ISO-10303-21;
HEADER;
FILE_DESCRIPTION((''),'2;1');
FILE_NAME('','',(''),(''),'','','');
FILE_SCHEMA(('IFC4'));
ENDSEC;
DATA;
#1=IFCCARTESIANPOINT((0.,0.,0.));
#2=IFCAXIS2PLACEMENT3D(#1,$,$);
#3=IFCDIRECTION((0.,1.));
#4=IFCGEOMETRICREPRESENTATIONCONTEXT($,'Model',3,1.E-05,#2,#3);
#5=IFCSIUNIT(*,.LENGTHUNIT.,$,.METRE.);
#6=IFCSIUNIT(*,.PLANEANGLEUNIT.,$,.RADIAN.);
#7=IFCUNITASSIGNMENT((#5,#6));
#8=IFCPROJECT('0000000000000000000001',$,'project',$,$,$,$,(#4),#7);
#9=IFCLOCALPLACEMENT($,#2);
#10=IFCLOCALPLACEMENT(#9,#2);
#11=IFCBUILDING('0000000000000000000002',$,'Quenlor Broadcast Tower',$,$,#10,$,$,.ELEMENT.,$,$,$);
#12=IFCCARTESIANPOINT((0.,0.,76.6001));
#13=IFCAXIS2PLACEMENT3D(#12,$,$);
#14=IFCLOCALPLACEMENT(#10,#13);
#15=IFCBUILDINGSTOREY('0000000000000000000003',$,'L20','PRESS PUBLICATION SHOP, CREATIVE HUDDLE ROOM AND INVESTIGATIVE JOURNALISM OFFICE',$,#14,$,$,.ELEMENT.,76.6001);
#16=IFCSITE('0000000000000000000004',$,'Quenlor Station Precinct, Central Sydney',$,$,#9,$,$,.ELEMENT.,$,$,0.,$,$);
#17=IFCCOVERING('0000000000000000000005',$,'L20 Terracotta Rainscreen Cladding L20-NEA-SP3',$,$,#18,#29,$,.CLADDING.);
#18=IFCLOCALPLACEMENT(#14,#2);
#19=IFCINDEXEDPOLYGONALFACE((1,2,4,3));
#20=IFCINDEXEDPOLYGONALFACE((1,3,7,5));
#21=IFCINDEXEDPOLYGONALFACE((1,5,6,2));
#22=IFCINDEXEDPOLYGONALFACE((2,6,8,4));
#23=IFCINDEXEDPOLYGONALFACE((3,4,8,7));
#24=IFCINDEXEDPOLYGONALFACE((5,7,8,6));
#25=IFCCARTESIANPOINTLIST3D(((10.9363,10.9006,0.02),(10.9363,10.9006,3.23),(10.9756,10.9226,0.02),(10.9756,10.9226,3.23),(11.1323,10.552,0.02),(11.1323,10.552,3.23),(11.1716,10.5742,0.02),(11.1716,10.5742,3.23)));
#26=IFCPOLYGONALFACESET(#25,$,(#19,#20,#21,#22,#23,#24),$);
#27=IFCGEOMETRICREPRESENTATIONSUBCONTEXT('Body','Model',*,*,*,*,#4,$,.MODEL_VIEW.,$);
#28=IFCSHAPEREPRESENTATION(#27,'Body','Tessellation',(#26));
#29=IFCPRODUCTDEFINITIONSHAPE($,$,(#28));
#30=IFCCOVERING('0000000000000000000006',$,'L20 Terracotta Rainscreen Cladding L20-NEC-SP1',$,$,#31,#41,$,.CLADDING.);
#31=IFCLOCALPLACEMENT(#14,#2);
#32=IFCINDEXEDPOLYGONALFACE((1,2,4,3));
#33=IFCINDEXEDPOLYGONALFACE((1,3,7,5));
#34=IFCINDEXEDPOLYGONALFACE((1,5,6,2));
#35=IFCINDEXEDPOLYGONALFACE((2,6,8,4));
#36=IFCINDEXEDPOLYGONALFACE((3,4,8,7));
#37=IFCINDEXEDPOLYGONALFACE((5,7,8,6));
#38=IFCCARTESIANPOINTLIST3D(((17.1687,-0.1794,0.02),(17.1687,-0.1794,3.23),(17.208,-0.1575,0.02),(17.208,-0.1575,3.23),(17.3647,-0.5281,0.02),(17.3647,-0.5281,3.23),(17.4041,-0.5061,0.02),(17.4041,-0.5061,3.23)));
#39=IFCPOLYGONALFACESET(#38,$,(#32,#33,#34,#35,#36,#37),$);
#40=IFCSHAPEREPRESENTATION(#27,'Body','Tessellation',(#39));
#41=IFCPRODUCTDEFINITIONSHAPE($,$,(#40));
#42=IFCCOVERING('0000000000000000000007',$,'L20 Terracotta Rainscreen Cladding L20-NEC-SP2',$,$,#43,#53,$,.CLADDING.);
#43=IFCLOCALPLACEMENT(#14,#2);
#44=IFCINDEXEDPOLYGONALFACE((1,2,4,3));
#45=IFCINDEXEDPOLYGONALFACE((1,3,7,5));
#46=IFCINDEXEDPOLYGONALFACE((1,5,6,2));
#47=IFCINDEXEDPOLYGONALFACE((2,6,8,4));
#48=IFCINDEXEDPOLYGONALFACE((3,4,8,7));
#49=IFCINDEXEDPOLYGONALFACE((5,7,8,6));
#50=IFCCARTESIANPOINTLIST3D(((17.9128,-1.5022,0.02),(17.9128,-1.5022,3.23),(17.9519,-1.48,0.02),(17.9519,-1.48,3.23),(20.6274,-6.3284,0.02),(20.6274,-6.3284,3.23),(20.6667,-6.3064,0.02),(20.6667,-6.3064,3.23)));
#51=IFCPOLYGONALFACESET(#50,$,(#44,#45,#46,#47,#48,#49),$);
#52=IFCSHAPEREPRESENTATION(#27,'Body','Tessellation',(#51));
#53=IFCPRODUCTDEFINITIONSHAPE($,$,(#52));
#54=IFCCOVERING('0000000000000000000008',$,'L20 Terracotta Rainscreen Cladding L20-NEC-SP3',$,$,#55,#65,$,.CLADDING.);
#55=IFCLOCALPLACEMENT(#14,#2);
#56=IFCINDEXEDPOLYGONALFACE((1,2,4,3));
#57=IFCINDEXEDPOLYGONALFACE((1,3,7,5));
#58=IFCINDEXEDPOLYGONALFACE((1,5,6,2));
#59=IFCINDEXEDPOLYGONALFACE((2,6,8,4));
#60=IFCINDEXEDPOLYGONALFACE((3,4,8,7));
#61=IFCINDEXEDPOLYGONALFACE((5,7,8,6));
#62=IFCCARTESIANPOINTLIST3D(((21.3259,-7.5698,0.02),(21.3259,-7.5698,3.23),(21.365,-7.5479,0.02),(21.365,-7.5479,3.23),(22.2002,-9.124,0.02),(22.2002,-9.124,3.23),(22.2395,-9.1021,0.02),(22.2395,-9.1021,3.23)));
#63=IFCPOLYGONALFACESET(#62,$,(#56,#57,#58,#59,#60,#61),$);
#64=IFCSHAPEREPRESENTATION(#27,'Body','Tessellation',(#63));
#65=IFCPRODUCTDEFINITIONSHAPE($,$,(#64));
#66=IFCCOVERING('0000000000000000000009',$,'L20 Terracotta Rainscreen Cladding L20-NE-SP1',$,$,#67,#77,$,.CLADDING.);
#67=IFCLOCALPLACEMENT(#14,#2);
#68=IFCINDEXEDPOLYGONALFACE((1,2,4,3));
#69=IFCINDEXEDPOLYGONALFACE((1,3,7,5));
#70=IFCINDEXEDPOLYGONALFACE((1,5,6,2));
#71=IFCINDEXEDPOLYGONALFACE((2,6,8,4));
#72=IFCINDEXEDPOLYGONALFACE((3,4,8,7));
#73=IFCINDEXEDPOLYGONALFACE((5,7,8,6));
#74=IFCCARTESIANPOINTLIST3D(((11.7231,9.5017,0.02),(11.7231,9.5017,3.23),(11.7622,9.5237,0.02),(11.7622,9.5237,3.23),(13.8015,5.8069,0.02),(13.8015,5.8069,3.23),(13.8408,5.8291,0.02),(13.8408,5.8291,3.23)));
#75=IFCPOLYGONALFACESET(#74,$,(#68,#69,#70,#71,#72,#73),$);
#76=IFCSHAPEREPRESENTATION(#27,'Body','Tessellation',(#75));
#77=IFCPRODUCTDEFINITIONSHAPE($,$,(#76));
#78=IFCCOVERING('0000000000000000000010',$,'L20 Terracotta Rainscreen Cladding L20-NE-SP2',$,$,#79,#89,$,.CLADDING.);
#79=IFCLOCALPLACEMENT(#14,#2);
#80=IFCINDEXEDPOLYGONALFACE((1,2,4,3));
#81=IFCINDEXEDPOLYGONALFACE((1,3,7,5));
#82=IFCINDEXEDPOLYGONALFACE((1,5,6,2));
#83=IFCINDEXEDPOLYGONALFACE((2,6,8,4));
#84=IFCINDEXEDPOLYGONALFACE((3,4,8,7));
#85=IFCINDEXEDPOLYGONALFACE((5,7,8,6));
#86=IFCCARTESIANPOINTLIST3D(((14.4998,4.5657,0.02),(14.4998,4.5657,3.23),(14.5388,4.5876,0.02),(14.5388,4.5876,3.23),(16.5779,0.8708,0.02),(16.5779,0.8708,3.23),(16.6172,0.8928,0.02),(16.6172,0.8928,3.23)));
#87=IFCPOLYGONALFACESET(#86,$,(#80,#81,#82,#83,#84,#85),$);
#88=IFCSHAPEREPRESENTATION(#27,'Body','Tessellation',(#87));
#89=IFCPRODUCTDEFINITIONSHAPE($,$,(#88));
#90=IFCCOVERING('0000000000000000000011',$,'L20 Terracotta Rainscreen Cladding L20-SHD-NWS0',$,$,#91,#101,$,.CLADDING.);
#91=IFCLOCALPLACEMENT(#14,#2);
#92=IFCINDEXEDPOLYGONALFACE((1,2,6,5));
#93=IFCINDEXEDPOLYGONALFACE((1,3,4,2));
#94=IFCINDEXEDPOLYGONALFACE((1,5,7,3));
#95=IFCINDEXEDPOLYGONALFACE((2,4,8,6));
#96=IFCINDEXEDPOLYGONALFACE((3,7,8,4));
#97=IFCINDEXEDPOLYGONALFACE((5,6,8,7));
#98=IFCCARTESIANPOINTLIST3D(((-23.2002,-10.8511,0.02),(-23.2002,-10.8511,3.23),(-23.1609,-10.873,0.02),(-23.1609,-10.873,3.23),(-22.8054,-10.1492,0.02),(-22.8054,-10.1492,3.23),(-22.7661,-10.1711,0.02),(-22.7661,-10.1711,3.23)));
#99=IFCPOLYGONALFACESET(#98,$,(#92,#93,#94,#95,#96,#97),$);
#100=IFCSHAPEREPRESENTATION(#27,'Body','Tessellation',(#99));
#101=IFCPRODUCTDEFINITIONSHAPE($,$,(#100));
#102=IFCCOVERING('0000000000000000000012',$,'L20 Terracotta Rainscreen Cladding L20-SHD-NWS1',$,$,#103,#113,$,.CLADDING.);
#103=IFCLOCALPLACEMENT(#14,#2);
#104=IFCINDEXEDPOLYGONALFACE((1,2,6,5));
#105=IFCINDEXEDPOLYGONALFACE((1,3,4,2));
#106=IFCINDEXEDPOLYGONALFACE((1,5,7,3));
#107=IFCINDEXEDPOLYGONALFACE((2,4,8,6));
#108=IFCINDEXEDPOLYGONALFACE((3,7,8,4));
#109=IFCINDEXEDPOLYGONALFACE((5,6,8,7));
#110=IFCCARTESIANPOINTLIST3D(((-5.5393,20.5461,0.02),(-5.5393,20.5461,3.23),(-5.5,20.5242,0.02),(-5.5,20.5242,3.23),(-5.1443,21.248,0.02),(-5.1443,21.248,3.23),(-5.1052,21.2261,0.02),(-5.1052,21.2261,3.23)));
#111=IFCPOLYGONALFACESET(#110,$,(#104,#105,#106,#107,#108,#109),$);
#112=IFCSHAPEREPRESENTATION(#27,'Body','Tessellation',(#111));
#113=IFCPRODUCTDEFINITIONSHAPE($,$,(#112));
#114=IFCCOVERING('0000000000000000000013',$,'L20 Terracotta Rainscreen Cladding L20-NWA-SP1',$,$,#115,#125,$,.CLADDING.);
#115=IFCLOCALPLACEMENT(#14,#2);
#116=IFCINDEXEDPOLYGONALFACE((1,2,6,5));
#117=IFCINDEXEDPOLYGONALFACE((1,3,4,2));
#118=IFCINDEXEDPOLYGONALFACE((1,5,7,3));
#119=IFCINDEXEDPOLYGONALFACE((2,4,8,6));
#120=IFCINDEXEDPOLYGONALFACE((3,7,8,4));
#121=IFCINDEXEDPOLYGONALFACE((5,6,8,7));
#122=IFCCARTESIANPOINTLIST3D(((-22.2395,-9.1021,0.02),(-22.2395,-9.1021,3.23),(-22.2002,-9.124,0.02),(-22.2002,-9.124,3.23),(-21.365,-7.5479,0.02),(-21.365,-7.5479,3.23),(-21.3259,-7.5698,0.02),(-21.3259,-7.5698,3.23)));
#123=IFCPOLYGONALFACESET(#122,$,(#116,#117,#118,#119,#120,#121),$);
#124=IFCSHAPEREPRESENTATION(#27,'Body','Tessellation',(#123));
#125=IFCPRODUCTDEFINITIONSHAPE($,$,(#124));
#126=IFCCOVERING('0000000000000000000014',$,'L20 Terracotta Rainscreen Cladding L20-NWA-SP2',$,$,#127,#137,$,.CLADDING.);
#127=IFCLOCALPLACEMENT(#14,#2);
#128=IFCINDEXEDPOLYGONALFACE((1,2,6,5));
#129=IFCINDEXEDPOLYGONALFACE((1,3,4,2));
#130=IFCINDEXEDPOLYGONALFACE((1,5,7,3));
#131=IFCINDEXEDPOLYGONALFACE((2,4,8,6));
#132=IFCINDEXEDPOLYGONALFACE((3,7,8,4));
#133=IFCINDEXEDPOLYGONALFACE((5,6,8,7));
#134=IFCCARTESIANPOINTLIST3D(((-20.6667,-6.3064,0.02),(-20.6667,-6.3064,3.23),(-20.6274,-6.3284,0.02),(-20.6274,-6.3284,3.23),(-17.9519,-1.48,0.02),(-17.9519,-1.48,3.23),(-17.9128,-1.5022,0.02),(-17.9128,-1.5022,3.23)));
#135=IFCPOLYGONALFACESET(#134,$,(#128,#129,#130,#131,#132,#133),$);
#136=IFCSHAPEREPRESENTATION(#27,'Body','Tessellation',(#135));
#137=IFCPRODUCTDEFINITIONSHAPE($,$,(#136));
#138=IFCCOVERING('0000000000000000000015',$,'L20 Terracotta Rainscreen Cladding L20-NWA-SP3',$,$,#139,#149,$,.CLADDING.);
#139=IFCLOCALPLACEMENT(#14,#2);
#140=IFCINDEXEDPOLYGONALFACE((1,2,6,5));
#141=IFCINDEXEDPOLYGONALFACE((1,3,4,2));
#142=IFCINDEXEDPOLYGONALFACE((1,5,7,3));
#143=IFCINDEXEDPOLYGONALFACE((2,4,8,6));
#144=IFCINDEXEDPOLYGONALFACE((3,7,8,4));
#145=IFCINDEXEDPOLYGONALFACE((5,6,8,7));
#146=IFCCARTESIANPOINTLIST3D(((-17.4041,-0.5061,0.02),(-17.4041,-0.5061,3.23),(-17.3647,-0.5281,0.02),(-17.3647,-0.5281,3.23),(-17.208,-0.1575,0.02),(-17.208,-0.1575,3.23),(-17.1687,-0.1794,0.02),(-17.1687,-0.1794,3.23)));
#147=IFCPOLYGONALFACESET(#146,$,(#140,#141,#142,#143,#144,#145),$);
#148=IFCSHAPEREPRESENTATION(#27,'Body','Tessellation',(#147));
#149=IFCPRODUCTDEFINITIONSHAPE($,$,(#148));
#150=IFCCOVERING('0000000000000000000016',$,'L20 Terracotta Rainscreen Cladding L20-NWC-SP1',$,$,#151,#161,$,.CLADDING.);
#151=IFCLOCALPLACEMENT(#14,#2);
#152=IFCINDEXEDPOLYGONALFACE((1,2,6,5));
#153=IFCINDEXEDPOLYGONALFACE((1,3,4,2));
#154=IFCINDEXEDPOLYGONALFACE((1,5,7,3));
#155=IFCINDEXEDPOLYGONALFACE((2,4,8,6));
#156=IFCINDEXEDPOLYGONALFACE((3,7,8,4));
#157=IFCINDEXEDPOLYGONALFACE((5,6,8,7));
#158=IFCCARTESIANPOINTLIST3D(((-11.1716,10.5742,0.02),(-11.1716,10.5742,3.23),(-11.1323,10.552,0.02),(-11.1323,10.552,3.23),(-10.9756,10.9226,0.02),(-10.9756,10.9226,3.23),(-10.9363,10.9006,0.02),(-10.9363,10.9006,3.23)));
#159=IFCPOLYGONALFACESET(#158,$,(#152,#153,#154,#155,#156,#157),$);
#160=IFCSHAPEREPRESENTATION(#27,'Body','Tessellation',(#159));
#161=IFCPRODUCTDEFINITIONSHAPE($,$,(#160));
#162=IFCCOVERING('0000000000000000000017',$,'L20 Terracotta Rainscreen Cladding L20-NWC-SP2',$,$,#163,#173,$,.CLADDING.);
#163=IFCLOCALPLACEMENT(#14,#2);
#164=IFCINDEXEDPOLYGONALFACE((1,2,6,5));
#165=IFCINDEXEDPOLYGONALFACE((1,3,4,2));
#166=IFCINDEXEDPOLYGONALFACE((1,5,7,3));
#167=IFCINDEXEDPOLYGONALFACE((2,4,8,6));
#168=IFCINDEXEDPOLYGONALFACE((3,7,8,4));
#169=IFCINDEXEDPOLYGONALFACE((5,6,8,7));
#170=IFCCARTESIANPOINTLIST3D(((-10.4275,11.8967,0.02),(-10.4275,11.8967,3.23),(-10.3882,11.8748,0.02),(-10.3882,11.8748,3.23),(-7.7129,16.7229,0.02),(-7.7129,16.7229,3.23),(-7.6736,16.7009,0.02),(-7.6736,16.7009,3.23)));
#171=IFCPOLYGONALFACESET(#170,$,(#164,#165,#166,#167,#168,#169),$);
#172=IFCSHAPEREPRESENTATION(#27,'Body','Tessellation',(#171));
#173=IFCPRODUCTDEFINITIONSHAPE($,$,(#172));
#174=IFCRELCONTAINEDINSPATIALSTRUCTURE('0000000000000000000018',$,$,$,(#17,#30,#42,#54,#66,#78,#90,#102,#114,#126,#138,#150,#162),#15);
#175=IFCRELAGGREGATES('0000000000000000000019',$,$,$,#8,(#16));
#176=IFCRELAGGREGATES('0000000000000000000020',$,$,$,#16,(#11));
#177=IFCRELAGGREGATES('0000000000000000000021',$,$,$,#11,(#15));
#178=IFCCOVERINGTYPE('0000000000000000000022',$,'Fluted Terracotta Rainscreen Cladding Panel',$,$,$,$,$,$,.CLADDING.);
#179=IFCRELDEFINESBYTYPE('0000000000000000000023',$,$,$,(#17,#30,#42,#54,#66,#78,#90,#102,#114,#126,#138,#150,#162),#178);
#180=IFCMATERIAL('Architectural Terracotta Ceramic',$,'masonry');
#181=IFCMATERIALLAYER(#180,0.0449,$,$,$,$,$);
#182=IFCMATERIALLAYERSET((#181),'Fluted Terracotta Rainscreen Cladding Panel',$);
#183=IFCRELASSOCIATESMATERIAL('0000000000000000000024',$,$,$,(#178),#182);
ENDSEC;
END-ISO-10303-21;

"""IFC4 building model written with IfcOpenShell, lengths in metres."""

from ifc_helpers import new_model, si_unit, direction, frame, origin, place, context, subcontext, project, spatial, polyline, outline, extrude, material, layer, layer_set, type_object, element, save


model = new_model("IFC4")

# Units and contexts
model_context = context("Model", 3, precision=1e-05, world=origin(), true_north=direction((0.0, 1.0)))
body_context = subcontext(model_context, "Body", "Model", "MODEL_VIEW")
ifc_project = project(units=[si_unit("LENGTHUNIT", "METRE"), si_unit("PLANEANGLEUNIT", "RADIAN")], contexts=[model_context])

# Site, building, storey
site_placement = place(None, origin())
site = spatial("IfcSite", under=ifc_project, at=site_placement, Name="Quenlor Station Precinct, Central Sydney", CompositionType="ELEMENT", RefElevation=0.0)
building_placement = place(site_placement, origin())
building = spatial("IfcBuilding", under=site, at=building_placement, Name="Quenlor Broadcast Tower", CompositionType="ELEMENT")
storey_placement = place(building_placement, frame((0.0, 0.0, 76.6001)))
storey = spatial("IfcBuildingStorey", under=building, at=storey_placement, Name="L20", Description="PRESS PUBLICATION SHOP, CREATIVE HUDDLE ROOM AND INVESTIGATIVE JOURNALISM OFFICE", CompositionType="ELEMENT", Elevation=76.6001)

# Coverings
ifc_material_1 = material(Name="Architectural Terracotta Ceramic", Category="masonry")
ifc_layer_1 = layer(ifc_material_1, 0.0449)
ifc_layer_set_1 = layer_set([ifc_layer_1], Name="Fluted Terracotta Rainscreen Cladding Panel")
covering_type = type_object("IfcCoveringType", Name="Fluted Terracotta Rainscreen Cladding Panel", PredefinedType="CLADDING", material=ifc_layer_set_1)
covering_1_placement = place(storey_placement, frame((0.0, 0.0, 0.02)))
element("IfcCovering", 1, at=covering_1_placement, inside=storey, type_object=covering_type, Name="L20 Terracotta Rainscreen Cladding L20-NEA-SP3", PredefinedType="CLADDING", context=body_context, shape_type="SweptSolid", body=[
    extrude(outline(polyline([(10.9363, 10.9006), (11.1323, 10.552), (11.1716, 10.5742), (10.9756, 10.9226), (10.9363, 10.9006)])), origin(), (0.0, 0.0, 1.0), 3.21),
])
covering_2_placement = place(storey_placement, frame((0.0, 0.0, 0.02)))
element("IfcCovering", 2, at=covering_2_placement, inside=storey, type_object=covering_type, Name="L20 Terracotta Rainscreen Cladding L20-NEC-SP1", PredefinedType="CLADDING", context=body_context, shape_type="SweptSolid", body=[
    extrude(outline(polyline([(17.1687, -0.1794), (17.3647, -0.5281), (17.4041, -0.5061), (17.208, -0.1575), (17.1687, -0.1794)])), origin(), (0.0, 0.0, 1.0), 3.21),
])
covering_3_placement = place(storey_placement, frame((0.0, 0.0, 0.02)))
element("IfcCovering", 3, at=covering_3_placement, inside=storey, type_object=covering_type, Name="L20 Terracotta Rainscreen Cladding L20-NEC-SP2", PredefinedType="CLADDING", context=body_context, shape_type="SweptSolid", body=[
    extrude(outline(polyline([(17.9128, -1.5022), (20.6274, -6.3284), (20.6667, -6.3064), (17.9519, -1.48), (17.9128, -1.5022)])), origin(), (0.0, 0.0, 1.0), 3.21),
])
covering_4_placement = place(storey_placement, frame((0.0, 0.0, 0.02)))
element("IfcCovering", 4, at=covering_4_placement, inside=storey, type_object=covering_type, Name="L20 Terracotta Rainscreen Cladding L20-NEC-SP3", PredefinedType="CLADDING", context=body_context, shape_type="SweptSolid", body=[
    extrude(outline(polyline([(21.3259, -7.5698), (22.2002, -9.124), (22.2395, -9.1021), (21.365, -7.5479), (21.3259, -7.5698)])), origin(), (0.0, 0.0, 1.0), 3.21),
])
covering_5_placement = place(storey_placement, frame((0.0, 0.0, 0.02)))
element("IfcCovering", 5, at=covering_5_placement, inside=storey, type_object=covering_type, Name="L20 Terracotta Rainscreen Cladding L20-NE-SP1", PredefinedType="CLADDING", context=body_context, shape_type="SweptSolid", body=[
    extrude(outline(polyline([(11.7231, 9.5017), (13.8015, 5.8069), (13.8408, 5.8291), (11.7622, 9.5237), (11.7231, 9.5017)])), origin(), (0.0, 0.0, 1.0), 3.21),
])
covering_6_placement = place(storey_placement, frame((0.0, 0.0, 0.02)))
element("IfcCovering", 6, at=covering_6_placement, inside=storey, type_object=covering_type, Name="L20 Terracotta Rainscreen Cladding L20-NE-SP2", PredefinedType="CLADDING", context=body_context, shape_type="SweptSolid", body=[
    extrude(outline(polyline([(14.4998, 4.5657), (16.5779, 0.8708), (16.6172, 0.8928), (14.5388, 4.5876), (14.4998, 4.5657)])), origin(), (0.0, 0.0, 1.0), 3.21),
])
covering_7_placement = place(storey_placement, frame((0.0, 0.0, 0.02)))
element("IfcCovering", 7, at=covering_7_placement, inside=storey, type_object=covering_type, Name="L20 Terracotta Rainscreen Cladding L20-SHD-NWS0", PredefinedType="CLADDING", context=body_context, shape_type="SweptSolid", body=[
    extrude(outline(polyline([(-23.1609, -10.873), (-22.7661, -10.1711), (-22.8054, -10.1492), (-23.2002, -10.8511), (-23.1609, -10.873)])), origin(), (0.0, 0.0, 1.0), 3.21),
])
covering_8_placement = place(storey_placement, frame((0.0, 0.0, 0.02)))
element("IfcCovering", 8, at=covering_8_placement, inside=storey, type_object=covering_type, Name="L20 Terracotta Rainscreen Cladding L20-SHD-NWS1", PredefinedType="CLADDING", context=body_context, shape_type="SweptSolid", body=[
    extrude(outline(polyline([(-5.5, 20.5242), (-5.1052, 21.2261), (-5.1443, 21.248), (-5.5393, 20.5461), (-5.5, 20.5242)])), origin(), (0.0, 0.0, 1.0), 3.21),
])
covering_9_placement = place(storey_placement, frame((0.0, 0.0, 0.02)))
element("IfcCovering", 9, at=covering_9_placement, inside=storey, type_object=covering_type, Name="L20 Terracotta Rainscreen Cladding L20-NWA-SP1", PredefinedType="CLADDING", context=body_context, shape_type="SweptSolid", body=[
    extrude(outline(polyline([(-22.2002, -9.124), (-21.3259, -7.5698), (-21.365, -7.5479), (-22.2395, -9.1021), (-22.2002, -9.124)])), origin(), (0.0, 0.0, 1.0), 3.21),
])
covering_10_placement = place(storey_placement, frame((0.0, 0.0, 0.02)))
element("IfcCovering", 10, at=covering_10_placement, inside=storey, type_object=covering_type, Name="L20 Terracotta Rainscreen Cladding L20-NWA-SP2", PredefinedType="CLADDING", context=body_context, shape_type="SweptSolid", body=[
    extrude(outline(polyline([(-20.6274, -6.3284), (-17.9128, -1.5022), (-17.9519, -1.48), (-20.6667, -6.3064), (-20.6274, -6.3284)])), origin(), (0.0, 0.0, 1.0), 3.21),
])
covering_11_placement = place(storey_placement, frame((0.0, 0.0, 0.02)))
element("IfcCovering", 11, at=covering_11_placement, inside=storey, type_object=covering_type, Name="L20 Terracotta Rainscreen Cladding L20-NWA-SP3", PredefinedType="CLADDING", context=body_context, shape_type="SweptSolid", body=[
    extrude(outline(polyline([(-17.3647, -0.5281), (-17.1687, -0.1794), (-17.208, -0.1575), (-17.4041, -0.5061), (-17.3647, -0.5281)])), origin(), (0.0, 0.0, 1.0), 3.21),
])
covering_12_placement = place(storey_placement, frame((0.0, 0.0, 0.02)))
element("IfcCovering", 12, at=covering_12_placement, inside=storey, type_object=covering_type, Name="L20 Terracotta Rainscreen Cladding L20-NWC-SP1", PredefinedType="CLADDING", context=body_context, shape_type="SweptSolid", body=[
    extrude(outline(polyline([(-11.1323, 10.552), (-10.9363, 10.9006), (-10.9756, 10.9226), (-11.1716, 10.5742), (-11.1323, 10.552)])), origin(), (0.0, 0.0, 1.0), 3.21),
])
covering_13_placement = place(storey_placement, frame((0.0, 0.0, 0.02)))
element("IfcCovering", 13, at=covering_13_placement, inside=storey, type_object=covering_type, Name="L20 Terracotta Rainscreen Cladding L20-NWC-SP2", PredefinedType="CLADDING", context=body_context, shape_type="SweptSolid", body=[
    extrude(outline(polyline([(-10.3882, 11.8748), (-7.6736, 16.7009), (-7.7129, 16.7229), (-10.4275, 11.8967), (-10.3882, 11.8748)])), origin(), (0.0, 0.0, 1.0), 3.21),
])

save(model, "model.ifc")
